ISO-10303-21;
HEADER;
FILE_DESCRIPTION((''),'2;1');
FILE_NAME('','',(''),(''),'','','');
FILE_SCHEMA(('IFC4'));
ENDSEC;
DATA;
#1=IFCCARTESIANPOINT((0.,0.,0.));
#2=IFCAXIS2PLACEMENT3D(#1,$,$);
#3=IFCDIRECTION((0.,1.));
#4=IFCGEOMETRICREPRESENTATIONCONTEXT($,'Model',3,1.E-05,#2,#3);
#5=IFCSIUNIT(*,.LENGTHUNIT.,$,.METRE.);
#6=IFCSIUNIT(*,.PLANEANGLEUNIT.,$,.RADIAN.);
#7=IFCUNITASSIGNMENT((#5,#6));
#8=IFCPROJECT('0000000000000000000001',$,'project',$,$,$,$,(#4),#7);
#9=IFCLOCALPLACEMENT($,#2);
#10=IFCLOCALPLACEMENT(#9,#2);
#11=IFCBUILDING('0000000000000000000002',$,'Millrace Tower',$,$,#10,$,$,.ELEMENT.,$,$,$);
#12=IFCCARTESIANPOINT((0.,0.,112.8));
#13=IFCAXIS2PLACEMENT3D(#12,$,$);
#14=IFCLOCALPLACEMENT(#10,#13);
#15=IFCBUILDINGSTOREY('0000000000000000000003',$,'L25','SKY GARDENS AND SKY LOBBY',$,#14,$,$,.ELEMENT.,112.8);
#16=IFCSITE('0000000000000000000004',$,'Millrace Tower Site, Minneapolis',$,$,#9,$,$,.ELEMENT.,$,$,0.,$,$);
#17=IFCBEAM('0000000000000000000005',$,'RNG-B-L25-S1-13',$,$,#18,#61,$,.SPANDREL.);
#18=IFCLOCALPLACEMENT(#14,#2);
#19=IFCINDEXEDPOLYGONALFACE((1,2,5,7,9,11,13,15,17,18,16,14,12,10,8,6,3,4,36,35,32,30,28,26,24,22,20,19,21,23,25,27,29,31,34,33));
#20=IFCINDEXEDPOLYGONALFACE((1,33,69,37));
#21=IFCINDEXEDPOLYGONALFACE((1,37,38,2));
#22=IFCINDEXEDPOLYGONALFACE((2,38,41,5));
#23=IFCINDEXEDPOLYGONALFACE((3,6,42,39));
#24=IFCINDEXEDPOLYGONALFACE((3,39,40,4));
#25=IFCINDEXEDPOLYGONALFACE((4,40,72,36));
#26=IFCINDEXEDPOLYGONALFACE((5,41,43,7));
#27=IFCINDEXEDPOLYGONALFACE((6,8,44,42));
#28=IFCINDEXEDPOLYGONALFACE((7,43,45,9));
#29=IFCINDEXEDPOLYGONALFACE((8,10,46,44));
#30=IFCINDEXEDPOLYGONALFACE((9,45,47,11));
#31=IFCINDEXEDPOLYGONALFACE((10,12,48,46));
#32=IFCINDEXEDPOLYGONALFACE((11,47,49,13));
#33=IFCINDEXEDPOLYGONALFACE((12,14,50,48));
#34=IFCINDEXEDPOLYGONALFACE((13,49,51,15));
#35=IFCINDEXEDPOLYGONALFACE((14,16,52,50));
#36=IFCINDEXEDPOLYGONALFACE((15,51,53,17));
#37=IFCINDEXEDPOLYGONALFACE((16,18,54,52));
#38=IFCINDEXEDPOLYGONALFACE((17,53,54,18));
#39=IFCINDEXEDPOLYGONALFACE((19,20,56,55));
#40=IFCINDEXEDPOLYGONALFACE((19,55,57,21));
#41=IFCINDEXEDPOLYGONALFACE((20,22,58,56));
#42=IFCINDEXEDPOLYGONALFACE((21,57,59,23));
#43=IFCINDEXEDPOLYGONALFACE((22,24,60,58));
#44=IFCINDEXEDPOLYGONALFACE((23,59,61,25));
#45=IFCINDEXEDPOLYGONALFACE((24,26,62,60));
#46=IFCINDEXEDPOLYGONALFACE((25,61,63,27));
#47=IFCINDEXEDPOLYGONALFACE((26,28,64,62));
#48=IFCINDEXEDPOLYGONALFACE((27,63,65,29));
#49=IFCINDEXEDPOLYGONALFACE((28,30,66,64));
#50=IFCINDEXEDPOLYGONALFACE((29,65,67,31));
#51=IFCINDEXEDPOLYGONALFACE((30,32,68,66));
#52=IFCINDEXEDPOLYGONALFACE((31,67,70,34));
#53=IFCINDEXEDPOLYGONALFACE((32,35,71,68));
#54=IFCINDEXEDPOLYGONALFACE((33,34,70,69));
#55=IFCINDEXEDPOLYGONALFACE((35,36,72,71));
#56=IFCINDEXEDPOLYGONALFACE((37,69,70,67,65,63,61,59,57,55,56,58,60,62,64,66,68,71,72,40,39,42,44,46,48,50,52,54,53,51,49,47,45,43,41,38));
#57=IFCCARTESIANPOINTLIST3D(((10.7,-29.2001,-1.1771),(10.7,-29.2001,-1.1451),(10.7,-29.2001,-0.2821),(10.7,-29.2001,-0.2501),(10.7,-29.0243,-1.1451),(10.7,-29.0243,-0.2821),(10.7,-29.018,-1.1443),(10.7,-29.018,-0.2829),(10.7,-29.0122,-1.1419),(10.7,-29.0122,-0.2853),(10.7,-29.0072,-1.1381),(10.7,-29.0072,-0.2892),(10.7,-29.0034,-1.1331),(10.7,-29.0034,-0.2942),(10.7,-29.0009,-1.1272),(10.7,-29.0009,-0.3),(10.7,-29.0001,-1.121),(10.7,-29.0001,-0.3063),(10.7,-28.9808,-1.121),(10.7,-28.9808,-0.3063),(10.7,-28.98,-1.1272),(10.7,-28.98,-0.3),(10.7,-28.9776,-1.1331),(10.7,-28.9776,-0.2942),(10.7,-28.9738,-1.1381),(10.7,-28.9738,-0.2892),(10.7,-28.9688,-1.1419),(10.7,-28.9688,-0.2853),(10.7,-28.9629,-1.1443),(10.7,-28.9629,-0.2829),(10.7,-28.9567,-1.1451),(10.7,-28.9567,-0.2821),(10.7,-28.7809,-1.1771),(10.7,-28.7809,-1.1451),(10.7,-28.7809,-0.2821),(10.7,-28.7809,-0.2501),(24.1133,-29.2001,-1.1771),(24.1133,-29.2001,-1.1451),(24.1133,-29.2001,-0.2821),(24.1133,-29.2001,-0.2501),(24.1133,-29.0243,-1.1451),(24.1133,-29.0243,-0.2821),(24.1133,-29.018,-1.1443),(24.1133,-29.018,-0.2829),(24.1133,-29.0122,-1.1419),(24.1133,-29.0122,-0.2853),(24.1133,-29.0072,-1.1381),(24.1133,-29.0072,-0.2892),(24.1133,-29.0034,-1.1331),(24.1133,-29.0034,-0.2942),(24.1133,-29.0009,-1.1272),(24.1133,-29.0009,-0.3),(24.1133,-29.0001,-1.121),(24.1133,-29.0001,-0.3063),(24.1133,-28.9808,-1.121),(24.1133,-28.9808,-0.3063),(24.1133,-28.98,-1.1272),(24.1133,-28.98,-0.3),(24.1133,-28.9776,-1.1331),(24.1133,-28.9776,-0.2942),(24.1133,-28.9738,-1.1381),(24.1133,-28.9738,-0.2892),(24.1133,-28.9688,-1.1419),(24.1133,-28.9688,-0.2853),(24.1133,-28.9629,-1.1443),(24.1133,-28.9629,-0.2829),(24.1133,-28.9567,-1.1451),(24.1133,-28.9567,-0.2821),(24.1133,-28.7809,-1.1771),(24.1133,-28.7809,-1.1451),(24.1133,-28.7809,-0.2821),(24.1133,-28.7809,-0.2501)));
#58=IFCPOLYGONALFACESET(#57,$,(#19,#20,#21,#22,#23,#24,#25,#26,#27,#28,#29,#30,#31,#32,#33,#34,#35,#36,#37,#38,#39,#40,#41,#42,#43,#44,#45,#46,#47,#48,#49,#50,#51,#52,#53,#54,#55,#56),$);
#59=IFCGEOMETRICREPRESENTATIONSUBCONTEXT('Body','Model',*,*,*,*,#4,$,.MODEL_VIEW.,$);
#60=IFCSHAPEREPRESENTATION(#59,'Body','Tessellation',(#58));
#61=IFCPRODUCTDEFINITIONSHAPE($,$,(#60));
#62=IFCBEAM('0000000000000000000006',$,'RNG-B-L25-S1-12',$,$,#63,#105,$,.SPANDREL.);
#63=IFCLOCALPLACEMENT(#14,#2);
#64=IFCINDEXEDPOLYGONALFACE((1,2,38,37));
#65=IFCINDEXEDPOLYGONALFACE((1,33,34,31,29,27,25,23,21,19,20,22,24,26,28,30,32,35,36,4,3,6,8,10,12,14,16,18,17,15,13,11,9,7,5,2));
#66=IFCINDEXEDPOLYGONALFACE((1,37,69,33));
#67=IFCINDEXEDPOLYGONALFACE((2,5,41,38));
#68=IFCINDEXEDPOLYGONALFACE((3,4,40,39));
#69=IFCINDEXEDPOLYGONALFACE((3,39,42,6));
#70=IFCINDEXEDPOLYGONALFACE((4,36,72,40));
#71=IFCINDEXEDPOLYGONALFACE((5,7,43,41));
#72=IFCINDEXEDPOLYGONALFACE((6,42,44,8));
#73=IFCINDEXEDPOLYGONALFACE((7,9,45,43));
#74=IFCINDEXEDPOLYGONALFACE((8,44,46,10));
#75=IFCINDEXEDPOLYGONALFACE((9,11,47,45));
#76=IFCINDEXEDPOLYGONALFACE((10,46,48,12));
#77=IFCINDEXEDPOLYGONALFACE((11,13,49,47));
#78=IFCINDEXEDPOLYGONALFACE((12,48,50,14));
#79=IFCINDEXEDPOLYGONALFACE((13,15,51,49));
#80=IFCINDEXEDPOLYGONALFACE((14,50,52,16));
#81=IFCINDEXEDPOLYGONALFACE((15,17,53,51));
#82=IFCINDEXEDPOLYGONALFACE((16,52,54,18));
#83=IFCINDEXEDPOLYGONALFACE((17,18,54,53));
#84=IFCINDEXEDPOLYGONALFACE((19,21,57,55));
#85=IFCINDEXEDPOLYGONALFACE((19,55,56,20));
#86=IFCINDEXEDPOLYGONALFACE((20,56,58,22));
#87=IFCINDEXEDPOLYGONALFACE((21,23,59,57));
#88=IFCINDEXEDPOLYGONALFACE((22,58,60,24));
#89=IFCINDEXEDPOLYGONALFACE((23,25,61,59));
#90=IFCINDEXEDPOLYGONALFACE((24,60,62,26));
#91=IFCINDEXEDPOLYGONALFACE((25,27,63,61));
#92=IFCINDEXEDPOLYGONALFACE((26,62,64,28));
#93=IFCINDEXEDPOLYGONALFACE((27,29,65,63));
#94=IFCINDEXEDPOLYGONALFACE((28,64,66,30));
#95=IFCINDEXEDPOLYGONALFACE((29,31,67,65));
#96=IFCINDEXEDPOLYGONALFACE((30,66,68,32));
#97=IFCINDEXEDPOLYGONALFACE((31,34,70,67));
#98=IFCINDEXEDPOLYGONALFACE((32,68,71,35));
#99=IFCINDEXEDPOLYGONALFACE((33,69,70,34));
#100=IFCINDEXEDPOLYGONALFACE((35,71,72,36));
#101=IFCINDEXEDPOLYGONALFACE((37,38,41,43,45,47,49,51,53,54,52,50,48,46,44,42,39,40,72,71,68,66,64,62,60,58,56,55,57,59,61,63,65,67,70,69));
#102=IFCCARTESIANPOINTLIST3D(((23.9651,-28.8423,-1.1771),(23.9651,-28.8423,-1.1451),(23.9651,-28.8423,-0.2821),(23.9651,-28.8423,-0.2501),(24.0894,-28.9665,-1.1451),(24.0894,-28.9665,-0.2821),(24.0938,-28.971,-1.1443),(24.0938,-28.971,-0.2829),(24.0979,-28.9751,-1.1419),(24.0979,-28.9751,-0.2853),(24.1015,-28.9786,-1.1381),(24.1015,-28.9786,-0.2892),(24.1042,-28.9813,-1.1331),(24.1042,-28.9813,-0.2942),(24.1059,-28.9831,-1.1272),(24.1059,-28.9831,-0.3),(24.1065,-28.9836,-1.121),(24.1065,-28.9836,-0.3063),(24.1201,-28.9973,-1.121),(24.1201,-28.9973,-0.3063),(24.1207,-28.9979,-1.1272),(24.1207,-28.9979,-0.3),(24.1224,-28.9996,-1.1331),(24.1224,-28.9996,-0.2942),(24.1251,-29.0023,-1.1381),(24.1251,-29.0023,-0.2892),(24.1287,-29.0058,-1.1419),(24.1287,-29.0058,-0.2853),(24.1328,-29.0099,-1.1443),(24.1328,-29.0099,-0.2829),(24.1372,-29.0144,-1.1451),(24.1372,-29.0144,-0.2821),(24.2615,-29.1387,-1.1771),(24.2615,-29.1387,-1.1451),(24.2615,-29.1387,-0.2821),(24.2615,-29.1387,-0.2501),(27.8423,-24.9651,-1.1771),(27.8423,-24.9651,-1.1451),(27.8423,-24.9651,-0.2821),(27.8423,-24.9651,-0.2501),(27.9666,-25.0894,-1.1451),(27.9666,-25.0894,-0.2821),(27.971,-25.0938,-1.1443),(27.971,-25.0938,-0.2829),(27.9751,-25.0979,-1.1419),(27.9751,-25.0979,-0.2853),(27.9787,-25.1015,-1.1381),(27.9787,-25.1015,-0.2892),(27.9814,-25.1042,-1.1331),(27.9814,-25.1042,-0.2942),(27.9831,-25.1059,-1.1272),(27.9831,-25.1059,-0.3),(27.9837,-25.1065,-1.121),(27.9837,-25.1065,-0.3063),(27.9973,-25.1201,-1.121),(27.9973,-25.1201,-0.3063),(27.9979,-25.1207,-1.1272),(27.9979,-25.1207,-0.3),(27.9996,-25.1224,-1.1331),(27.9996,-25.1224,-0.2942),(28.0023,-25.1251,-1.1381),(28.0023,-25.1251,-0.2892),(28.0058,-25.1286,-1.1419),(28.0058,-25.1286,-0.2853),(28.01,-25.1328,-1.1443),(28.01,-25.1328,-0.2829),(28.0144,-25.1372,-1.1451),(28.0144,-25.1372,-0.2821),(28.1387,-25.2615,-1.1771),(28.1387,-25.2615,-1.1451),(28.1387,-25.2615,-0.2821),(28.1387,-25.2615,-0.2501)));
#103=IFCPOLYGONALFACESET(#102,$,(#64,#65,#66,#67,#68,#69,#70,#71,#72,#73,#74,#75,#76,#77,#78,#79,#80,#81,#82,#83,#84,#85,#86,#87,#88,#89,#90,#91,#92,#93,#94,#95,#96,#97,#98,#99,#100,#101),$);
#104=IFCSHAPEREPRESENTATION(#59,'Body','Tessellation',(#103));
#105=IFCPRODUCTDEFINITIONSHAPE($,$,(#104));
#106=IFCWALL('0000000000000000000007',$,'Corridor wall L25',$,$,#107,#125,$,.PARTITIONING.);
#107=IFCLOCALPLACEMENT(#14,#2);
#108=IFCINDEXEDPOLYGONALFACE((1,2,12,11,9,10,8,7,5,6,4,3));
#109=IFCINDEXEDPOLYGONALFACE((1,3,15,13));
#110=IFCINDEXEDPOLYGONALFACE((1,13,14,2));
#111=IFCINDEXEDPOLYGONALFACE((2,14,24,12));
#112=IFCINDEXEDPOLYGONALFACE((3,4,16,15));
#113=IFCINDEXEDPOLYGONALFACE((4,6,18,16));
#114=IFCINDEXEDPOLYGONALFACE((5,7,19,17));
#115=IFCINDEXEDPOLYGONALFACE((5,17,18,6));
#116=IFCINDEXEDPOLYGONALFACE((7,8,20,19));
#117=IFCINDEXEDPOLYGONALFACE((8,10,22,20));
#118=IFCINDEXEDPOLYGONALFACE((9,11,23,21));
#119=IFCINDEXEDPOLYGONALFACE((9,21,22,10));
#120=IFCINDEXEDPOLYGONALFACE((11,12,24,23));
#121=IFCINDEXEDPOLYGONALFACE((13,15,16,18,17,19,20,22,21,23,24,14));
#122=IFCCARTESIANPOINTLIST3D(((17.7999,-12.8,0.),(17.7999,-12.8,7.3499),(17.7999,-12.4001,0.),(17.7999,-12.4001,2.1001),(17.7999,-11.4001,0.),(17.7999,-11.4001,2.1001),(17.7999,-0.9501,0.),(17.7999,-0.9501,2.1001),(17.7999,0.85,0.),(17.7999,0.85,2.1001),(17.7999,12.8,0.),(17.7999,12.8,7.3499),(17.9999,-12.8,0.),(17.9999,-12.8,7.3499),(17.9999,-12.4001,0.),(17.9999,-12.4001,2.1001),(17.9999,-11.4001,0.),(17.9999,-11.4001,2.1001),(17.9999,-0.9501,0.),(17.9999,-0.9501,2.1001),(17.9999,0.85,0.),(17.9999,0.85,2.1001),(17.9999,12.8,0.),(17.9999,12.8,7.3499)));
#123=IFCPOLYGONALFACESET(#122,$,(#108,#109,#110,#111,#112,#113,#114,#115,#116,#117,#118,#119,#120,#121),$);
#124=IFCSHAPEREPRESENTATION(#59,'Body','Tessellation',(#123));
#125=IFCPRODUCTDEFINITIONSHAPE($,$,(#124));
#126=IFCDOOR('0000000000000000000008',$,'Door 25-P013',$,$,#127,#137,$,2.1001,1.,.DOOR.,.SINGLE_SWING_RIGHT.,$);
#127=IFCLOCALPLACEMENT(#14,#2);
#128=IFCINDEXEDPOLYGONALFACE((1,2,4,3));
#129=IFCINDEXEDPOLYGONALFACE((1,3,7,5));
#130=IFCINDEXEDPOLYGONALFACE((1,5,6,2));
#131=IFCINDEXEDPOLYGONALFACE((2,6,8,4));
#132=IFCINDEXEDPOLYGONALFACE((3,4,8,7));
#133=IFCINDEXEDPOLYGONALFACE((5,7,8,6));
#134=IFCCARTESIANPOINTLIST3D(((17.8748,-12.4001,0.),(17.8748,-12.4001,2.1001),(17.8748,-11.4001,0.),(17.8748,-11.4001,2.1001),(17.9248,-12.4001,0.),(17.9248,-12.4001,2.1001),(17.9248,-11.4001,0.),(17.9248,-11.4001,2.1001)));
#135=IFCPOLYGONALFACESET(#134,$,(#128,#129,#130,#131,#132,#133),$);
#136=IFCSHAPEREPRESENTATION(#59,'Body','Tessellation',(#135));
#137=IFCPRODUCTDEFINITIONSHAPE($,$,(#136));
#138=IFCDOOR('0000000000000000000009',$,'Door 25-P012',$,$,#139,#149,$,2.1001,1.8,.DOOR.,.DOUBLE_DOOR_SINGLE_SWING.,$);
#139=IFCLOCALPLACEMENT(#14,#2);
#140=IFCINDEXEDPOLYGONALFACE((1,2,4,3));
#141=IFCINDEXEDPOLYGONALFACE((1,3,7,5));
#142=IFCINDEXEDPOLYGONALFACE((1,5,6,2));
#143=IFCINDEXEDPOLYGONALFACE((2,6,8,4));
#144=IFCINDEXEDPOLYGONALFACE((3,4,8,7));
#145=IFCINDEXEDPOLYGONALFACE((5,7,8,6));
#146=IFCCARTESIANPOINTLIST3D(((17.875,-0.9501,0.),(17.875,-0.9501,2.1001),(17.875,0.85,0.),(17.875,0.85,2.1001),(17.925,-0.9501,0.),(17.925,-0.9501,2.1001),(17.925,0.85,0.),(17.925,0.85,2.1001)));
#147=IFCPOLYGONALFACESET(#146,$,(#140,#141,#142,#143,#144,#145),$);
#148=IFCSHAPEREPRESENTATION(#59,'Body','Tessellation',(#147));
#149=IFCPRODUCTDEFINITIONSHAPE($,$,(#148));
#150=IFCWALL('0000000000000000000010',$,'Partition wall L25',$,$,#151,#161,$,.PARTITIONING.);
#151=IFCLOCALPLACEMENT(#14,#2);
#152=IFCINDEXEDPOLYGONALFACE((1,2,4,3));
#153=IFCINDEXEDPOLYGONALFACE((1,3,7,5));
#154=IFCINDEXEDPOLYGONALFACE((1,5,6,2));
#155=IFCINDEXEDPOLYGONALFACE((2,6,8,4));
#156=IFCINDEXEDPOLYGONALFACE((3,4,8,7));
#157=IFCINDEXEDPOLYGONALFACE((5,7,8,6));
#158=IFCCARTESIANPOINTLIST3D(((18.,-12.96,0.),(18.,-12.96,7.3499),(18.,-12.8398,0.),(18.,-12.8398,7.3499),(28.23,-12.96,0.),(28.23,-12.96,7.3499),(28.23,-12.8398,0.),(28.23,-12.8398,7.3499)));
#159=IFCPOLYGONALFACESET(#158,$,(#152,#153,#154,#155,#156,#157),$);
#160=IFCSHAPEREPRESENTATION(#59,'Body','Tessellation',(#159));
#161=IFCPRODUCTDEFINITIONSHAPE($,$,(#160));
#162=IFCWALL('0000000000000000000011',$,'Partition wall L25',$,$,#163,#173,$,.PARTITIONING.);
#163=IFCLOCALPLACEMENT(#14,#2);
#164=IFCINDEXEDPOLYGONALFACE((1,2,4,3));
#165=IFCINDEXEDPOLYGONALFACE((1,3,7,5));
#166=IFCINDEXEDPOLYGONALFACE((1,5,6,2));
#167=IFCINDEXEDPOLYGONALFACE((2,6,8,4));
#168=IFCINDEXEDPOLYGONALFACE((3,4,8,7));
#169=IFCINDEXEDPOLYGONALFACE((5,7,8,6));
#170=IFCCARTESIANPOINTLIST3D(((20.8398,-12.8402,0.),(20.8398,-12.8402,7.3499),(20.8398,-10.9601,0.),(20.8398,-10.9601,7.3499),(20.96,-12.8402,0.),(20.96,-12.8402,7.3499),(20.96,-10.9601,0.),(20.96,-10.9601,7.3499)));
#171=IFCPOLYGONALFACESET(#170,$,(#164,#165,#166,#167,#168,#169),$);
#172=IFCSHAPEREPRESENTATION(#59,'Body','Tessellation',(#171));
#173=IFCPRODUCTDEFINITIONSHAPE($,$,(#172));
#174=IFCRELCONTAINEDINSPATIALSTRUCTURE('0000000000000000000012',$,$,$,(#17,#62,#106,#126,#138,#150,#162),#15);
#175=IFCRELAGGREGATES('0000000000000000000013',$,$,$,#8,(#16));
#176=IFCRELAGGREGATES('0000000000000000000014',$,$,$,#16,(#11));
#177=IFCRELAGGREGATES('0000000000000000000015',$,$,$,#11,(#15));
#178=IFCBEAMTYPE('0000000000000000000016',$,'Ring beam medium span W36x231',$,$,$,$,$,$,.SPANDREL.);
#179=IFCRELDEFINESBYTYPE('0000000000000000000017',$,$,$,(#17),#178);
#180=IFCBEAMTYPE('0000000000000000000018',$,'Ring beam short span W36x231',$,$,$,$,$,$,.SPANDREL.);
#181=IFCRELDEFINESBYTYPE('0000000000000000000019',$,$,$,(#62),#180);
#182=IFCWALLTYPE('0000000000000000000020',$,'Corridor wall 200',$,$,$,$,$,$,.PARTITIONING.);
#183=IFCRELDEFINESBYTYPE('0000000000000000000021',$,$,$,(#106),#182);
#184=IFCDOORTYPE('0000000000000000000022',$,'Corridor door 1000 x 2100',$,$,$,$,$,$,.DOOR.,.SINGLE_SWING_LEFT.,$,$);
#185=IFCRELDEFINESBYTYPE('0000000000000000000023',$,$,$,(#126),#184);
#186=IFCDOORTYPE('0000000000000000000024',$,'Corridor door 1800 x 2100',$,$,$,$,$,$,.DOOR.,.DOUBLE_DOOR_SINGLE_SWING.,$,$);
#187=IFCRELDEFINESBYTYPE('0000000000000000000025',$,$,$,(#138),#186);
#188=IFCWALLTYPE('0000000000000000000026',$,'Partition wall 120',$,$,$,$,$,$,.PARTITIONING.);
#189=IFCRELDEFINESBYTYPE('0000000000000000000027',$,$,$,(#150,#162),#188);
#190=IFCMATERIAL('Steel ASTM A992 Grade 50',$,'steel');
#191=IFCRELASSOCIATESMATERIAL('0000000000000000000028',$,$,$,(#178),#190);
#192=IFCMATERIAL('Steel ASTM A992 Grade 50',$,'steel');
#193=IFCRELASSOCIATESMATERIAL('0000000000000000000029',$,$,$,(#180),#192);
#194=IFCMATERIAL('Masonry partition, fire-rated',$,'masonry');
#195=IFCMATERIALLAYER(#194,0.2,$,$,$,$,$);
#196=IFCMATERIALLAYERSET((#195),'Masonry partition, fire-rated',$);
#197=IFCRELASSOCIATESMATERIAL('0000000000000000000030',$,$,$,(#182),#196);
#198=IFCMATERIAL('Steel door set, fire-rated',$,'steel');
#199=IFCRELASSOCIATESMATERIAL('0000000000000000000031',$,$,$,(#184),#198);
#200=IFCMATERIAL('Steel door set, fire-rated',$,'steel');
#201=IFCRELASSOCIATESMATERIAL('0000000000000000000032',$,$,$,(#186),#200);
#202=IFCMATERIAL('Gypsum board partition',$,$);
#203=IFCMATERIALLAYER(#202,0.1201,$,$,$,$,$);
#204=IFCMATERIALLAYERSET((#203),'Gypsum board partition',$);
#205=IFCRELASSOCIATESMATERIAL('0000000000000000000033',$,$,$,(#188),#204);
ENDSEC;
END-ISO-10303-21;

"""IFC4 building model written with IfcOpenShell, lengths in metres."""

from ifc_helpers import new_model, si_unit, direction, frame, frame_2d, origin, origin_2d, place, context, subcontext, project, spatial, rectangle, i_section, extrude, material, layer, layer_set, material_profile, profile_set, type_object, element, fill, save


model = new_model("IFC4")

# Units and contexts
model_context = context("Model", 3, precision=1e-05, world=origin(), true_north=direction((0.0, 1.0)))
body_context = subcontext(model_context, "Body", "Model", "MODEL_VIEW")
ifc_project = project(units=[si_unit("LENGTHUNIT", "METRE"), si_unit("PLANEANGLEUNIT", "RADIAN")], contexts=[model_context])

# Site, building, storey
site_placement = place(None, origin())
site = spatial("IfcSite", under=ifc_project, at=site_placement, Name="Millrace Tower Site, Minneapolis", CompositionType="ELEMENT", RefElevation=0.0)
building_placement = place(site_placement, origin())
building = spatial("IfcBuilding", under=site, at=building_placement, Name="Millrace Tower", CompositionType="ELEMENT")
storey_placement = place(building_placement, frame((0.0, 0.0, 112.8)))
storey = spatial("IfcBuildingStorey", under=building, at=storey_placement, Name="L25", Description="SKY GARDENS AND SKY LOBBY", CompositionType="ELEMENT", Elevation=112.8)

# Beams
ifc_material_1 = material(Name="Steel ASTM A992 Grade 50", Category="steel")
ifc_material_profile_1 = material_profile(ifc_material_1, i_section(OverallWidth=0.4192, OverallDepth=0.927, WebThickness=0.0193, FlangeThickness=0.032, FilletRadius=0.0242, at=origin_2d()))
ifc_profile_set_1 = profile_set([ifc_material_profile_1], Name="Steel ASTM A992 Grade 50")
beam_type_1 = type_object("IfcBeamType", Name="Ring beam medium span W36x231", PredefinedType="SPANDREL", material=ifc_profile_set_1)
for number, where, z_axis, x_axis, name in (
    (1, (24.1133, -28.9905, -0.7136), (-1.0, 0.0, 0.0), (0.0, -1.0, 0.0), "RNG-B-L25-S1-13"),
):
    element("IfcBeam", number, at=place(storey_placement, frame(where, z_axis=z_axis, x_axis=x_axis)), inside=storey, type_object=beam_type_1, Name=name, PredefinedType="SPANDREL", context=body_context, shape_type="SweptSolid", body=[
        extrude(i_section(OverallWidth=0.4192, OverallDepth=0.927, WebThickness=0.0193, FlangeThickness=0.032, FilletRadius=0.0242, at=origin_2d()), origin(), (0.0, 0.0, 1.0), 13.4133),
    ])
ifc_material_2 = material(Name="Steel ASTM A992 Grade 50", Category="steel")
ifc_material_profile_2 = material_profile(ifc_material_2, i_section(OverallWidth=0.4192, OverallDepth=0.927, WebThickness=0.0193, FlangeThickness=0.032, FilletRadius=0.0242, at=origin_2d()))
ifc_profile_set_2 = profile_set([ifc_material_profile_2], Name="Steel ASTM A992 Grade 50")
beam_type_2 = type_object("IfcBeamType", Name="Ring beam short span W36x231", PredefinedType="SPANDREL", material=ifc_profile_set_2)
beam_1_placement = place(storey_placement, frame((27.9905, -25.1133, -0.7136), z_axis=(-0.707107, -0.707107, 0.0), x_axis=(0.707107, -0.707107, 0.0)))
element("IfcBeam", 2, at=beam_1_placement, inside=storey, type_object=beam_type_2, Name="RNG-B-L25-S1-12", PredefinedType="SPANDREL", context=body_context, shape_type="SweptSolid", body=[
    extrude(i_section(OverallWidth=0.4192, OverallDepth=0.927, WebThickness=0.0193, FlangeThickness=0.032, FilletRadius=0.0242, at=origin_2d()), origin(), (0.0, 0.0, 1.0), 5.4832),
])

# Wall, openings, doors
ifc_material_3 = material(Name="Masonry partition, fire-rated", Category="masonry")
ifc_layer_1 = layer(ifc_material_3, 0.2)
ifc_layer_set_1 = layer_set([ifc_layer_1], Name="Masonry partition, fire-rated")
wall_type_1 = type_object("IfcWallType", Name="Corridor wall 200", PredefinedType="PARTITIONING", material=ifc_layer_set_1)
wall_1_placement = place(storey_placement, frame((17.8999, -12.8, 0.0), z_axis=(0.0, 0.0, 1.0), x_axis=(0.0, 1.0, 0.0)))
wall_1 = element("IfcWall", 3, at=wall_1_placement, inside=storey, type_object=wall_type_1, Name="Corridor wall L25", PredefinedType="PARTITIONING", context=body_context, shape_type="SweptSolid", body=[
    extrude(rectangle(XDim=25.6001, YDim=0.2, at=frame_2d((12.8, 0.0))), origin(), (0.0, 0.0, 1.0), 7.3499),
])
opening_1_placement = place(wall_1_placement, frame((11.8501, 0.0, 0.0)))
opening_1 = element("IfcOpeningElement", 4, at=opening_1_placement, cuts=wall_1, PredefinedType="OPENING", context=body_context, shape_type="SweptSolid", body=[
    extrude(rectangle(XDim=1.8, YDim=2.1001, at=frame_2d((0.8999, 1.05))), frame((0.0, 0.1099, 0.0), z_axis=(0.0, -1.0, 0.0), x_axis=(1.0, 0.0, 0.0)), (0.0, 0.0, 1.0), 0.22),
])
opening_2_placement = place(wall_1_placement, frame((0.3999, 0.0, 0.0)))
opening_2 = element("IfcOpeningElement", 5, at=opening_2_placement, cuts=wall_1, PredefinedType="OPENING", context=body_context, shape_type="SweptSolid", body=[
    extrude(rectangle(XDim=1.0, YDim=2.1001, at=frame_2d((0.5, 1.05))), frame((0.0, 0.1099, 0.0), z_axis=(0.0, -1.0, 0.0), x_axis=(1.0, 0.0, 0.0)), (0.0, 0.0, 1.0), 0.22),
])
ifc_material_4 = material(Name="Steel door set, fire-rated", Category="steel")
door_type_1 = type_object("IfcDoorType", Name="Corridor door 1000 x 2100", OperationType="SINGLE_SWING_LEFT", PredefinedType="DOOR", material=ifc_material_4)
door_1_placement = place(opening_2_placement, frame((1.0, 0.0, 0.0), z_axis=(0.0, 0.0, 1.0), x_axis=(-1.0, 0.0, 0.0)))
door_1 = element("IfcDoor", 6, at=door_1_placement, inside=storey, type_object=door_type_1, Name="Door 25-P013", OperationType="SINGLE_SWING_RIGHT", OverallHeight=2.1001, OverallWidth=1.0, PredefinedType="DOOR", context=body_context, shape_type="SweptSolid", body=[
    extrude(rectangle(XDim=1.0, YDim=2.1001, at=frame_2d((0.5, 1.05))), frame((0.0, 0.0249, 0.0), z_axis=(0.0, -1.0, 0.0), x_axis=(1.0, 0.0, 0.0)), (0.0, 0.0, 1.0), 0.05),
])
fill(opening_2, door_1)
ifc_material_5 = material(Name="Steel door set, fire-rated", Category="steel")
door_type_2 = type_object("IfcDoorType", Name="Corridor door 1800 x 2100", OperationType="DOUBLE_DOOR_SINGLE_SWING", PredefinedType="DOOR", material=ifc_material_5)
door_2_placement = place(opening_1_placement, origin())
door_2 = element("IfcDoor", 7, at=door_2_placement, inside=storey, type_object=door_type_2, Name="Door 25-P012", OperationType="DOUBLE_DOOR_SINGLE_SWING", OverallHeight=2.1001, OverallWidth=1.8, PredefinedType="DOOR", context=body_context, shape_type="SweptSolid", body=[
    extrude(rectangle(XDim=1.8, YDim=2.1001, at=frame_2d((0.8999, 1.05))), frame((0.0, 0.0249, 0.0), z_axis=(0.0, -1.0, 0.0), x_axis=(1.0, 0.0, 0.0)), (0.0, 0.0, 1.0), 0.05),
])
fill(opening_1, door_2)

# Walls
ifc_material_6 = material(Name="Gypsum board partition")
ifc_layer_2 = layer(ifc_material_6, 0.1201)
ifc_layer_set_2 = layer_set([ifc_layer_2], Name="Gypsum board partition")
wall_type_2 = type_object("IfcWallType", Name="Partition wall 120", PredefinedType="PARTITIONING", material=ifc_layer_set_2)
wall_2_placement = place(storey_placement, frame((18.0, -12.8999, 0.0), z_axis=(0.0, 0.0, 1.0), x_axis=(1.0, 0.0, 0.0)))
element("IfcWall", 8, at=wall_2_placement, inside=storey, type_object=wall_type_2, Name="Partition wall L25", PredefinedType="PARTITIONING", context=body_context, shape_type="SweptSolid", body=[
    extrude(rectangle(XDim=10.23, YDim=0.1201, at=frame_2d((5.115, 0.0))), origin(), (0.0, 0.0, 1.0), 7.3499),
])
wall_3_placement = place(storey_placement, frame((20.8999, -12.8401, 0.0), z_axis=(0.0, 0.0, 1.0), x_axis=(0.0, 1.0, 0.0)))
element("IfcWall", 9, at=wall_3_placement, inside=storey, type_object=wall_type_2, Name="Partition wall L25", PredefinedType="PARTITIONING", context=body_context, shape_type="SweptSolid", body=[
    extrude(rectangle(XDim=1.8801, YDim=0.1201, at=frame_2d((0.9399, 0.0))), origin(), (0.0, 0.0, 1.0), 7.3499),
])

save(model, "model.ifc")
